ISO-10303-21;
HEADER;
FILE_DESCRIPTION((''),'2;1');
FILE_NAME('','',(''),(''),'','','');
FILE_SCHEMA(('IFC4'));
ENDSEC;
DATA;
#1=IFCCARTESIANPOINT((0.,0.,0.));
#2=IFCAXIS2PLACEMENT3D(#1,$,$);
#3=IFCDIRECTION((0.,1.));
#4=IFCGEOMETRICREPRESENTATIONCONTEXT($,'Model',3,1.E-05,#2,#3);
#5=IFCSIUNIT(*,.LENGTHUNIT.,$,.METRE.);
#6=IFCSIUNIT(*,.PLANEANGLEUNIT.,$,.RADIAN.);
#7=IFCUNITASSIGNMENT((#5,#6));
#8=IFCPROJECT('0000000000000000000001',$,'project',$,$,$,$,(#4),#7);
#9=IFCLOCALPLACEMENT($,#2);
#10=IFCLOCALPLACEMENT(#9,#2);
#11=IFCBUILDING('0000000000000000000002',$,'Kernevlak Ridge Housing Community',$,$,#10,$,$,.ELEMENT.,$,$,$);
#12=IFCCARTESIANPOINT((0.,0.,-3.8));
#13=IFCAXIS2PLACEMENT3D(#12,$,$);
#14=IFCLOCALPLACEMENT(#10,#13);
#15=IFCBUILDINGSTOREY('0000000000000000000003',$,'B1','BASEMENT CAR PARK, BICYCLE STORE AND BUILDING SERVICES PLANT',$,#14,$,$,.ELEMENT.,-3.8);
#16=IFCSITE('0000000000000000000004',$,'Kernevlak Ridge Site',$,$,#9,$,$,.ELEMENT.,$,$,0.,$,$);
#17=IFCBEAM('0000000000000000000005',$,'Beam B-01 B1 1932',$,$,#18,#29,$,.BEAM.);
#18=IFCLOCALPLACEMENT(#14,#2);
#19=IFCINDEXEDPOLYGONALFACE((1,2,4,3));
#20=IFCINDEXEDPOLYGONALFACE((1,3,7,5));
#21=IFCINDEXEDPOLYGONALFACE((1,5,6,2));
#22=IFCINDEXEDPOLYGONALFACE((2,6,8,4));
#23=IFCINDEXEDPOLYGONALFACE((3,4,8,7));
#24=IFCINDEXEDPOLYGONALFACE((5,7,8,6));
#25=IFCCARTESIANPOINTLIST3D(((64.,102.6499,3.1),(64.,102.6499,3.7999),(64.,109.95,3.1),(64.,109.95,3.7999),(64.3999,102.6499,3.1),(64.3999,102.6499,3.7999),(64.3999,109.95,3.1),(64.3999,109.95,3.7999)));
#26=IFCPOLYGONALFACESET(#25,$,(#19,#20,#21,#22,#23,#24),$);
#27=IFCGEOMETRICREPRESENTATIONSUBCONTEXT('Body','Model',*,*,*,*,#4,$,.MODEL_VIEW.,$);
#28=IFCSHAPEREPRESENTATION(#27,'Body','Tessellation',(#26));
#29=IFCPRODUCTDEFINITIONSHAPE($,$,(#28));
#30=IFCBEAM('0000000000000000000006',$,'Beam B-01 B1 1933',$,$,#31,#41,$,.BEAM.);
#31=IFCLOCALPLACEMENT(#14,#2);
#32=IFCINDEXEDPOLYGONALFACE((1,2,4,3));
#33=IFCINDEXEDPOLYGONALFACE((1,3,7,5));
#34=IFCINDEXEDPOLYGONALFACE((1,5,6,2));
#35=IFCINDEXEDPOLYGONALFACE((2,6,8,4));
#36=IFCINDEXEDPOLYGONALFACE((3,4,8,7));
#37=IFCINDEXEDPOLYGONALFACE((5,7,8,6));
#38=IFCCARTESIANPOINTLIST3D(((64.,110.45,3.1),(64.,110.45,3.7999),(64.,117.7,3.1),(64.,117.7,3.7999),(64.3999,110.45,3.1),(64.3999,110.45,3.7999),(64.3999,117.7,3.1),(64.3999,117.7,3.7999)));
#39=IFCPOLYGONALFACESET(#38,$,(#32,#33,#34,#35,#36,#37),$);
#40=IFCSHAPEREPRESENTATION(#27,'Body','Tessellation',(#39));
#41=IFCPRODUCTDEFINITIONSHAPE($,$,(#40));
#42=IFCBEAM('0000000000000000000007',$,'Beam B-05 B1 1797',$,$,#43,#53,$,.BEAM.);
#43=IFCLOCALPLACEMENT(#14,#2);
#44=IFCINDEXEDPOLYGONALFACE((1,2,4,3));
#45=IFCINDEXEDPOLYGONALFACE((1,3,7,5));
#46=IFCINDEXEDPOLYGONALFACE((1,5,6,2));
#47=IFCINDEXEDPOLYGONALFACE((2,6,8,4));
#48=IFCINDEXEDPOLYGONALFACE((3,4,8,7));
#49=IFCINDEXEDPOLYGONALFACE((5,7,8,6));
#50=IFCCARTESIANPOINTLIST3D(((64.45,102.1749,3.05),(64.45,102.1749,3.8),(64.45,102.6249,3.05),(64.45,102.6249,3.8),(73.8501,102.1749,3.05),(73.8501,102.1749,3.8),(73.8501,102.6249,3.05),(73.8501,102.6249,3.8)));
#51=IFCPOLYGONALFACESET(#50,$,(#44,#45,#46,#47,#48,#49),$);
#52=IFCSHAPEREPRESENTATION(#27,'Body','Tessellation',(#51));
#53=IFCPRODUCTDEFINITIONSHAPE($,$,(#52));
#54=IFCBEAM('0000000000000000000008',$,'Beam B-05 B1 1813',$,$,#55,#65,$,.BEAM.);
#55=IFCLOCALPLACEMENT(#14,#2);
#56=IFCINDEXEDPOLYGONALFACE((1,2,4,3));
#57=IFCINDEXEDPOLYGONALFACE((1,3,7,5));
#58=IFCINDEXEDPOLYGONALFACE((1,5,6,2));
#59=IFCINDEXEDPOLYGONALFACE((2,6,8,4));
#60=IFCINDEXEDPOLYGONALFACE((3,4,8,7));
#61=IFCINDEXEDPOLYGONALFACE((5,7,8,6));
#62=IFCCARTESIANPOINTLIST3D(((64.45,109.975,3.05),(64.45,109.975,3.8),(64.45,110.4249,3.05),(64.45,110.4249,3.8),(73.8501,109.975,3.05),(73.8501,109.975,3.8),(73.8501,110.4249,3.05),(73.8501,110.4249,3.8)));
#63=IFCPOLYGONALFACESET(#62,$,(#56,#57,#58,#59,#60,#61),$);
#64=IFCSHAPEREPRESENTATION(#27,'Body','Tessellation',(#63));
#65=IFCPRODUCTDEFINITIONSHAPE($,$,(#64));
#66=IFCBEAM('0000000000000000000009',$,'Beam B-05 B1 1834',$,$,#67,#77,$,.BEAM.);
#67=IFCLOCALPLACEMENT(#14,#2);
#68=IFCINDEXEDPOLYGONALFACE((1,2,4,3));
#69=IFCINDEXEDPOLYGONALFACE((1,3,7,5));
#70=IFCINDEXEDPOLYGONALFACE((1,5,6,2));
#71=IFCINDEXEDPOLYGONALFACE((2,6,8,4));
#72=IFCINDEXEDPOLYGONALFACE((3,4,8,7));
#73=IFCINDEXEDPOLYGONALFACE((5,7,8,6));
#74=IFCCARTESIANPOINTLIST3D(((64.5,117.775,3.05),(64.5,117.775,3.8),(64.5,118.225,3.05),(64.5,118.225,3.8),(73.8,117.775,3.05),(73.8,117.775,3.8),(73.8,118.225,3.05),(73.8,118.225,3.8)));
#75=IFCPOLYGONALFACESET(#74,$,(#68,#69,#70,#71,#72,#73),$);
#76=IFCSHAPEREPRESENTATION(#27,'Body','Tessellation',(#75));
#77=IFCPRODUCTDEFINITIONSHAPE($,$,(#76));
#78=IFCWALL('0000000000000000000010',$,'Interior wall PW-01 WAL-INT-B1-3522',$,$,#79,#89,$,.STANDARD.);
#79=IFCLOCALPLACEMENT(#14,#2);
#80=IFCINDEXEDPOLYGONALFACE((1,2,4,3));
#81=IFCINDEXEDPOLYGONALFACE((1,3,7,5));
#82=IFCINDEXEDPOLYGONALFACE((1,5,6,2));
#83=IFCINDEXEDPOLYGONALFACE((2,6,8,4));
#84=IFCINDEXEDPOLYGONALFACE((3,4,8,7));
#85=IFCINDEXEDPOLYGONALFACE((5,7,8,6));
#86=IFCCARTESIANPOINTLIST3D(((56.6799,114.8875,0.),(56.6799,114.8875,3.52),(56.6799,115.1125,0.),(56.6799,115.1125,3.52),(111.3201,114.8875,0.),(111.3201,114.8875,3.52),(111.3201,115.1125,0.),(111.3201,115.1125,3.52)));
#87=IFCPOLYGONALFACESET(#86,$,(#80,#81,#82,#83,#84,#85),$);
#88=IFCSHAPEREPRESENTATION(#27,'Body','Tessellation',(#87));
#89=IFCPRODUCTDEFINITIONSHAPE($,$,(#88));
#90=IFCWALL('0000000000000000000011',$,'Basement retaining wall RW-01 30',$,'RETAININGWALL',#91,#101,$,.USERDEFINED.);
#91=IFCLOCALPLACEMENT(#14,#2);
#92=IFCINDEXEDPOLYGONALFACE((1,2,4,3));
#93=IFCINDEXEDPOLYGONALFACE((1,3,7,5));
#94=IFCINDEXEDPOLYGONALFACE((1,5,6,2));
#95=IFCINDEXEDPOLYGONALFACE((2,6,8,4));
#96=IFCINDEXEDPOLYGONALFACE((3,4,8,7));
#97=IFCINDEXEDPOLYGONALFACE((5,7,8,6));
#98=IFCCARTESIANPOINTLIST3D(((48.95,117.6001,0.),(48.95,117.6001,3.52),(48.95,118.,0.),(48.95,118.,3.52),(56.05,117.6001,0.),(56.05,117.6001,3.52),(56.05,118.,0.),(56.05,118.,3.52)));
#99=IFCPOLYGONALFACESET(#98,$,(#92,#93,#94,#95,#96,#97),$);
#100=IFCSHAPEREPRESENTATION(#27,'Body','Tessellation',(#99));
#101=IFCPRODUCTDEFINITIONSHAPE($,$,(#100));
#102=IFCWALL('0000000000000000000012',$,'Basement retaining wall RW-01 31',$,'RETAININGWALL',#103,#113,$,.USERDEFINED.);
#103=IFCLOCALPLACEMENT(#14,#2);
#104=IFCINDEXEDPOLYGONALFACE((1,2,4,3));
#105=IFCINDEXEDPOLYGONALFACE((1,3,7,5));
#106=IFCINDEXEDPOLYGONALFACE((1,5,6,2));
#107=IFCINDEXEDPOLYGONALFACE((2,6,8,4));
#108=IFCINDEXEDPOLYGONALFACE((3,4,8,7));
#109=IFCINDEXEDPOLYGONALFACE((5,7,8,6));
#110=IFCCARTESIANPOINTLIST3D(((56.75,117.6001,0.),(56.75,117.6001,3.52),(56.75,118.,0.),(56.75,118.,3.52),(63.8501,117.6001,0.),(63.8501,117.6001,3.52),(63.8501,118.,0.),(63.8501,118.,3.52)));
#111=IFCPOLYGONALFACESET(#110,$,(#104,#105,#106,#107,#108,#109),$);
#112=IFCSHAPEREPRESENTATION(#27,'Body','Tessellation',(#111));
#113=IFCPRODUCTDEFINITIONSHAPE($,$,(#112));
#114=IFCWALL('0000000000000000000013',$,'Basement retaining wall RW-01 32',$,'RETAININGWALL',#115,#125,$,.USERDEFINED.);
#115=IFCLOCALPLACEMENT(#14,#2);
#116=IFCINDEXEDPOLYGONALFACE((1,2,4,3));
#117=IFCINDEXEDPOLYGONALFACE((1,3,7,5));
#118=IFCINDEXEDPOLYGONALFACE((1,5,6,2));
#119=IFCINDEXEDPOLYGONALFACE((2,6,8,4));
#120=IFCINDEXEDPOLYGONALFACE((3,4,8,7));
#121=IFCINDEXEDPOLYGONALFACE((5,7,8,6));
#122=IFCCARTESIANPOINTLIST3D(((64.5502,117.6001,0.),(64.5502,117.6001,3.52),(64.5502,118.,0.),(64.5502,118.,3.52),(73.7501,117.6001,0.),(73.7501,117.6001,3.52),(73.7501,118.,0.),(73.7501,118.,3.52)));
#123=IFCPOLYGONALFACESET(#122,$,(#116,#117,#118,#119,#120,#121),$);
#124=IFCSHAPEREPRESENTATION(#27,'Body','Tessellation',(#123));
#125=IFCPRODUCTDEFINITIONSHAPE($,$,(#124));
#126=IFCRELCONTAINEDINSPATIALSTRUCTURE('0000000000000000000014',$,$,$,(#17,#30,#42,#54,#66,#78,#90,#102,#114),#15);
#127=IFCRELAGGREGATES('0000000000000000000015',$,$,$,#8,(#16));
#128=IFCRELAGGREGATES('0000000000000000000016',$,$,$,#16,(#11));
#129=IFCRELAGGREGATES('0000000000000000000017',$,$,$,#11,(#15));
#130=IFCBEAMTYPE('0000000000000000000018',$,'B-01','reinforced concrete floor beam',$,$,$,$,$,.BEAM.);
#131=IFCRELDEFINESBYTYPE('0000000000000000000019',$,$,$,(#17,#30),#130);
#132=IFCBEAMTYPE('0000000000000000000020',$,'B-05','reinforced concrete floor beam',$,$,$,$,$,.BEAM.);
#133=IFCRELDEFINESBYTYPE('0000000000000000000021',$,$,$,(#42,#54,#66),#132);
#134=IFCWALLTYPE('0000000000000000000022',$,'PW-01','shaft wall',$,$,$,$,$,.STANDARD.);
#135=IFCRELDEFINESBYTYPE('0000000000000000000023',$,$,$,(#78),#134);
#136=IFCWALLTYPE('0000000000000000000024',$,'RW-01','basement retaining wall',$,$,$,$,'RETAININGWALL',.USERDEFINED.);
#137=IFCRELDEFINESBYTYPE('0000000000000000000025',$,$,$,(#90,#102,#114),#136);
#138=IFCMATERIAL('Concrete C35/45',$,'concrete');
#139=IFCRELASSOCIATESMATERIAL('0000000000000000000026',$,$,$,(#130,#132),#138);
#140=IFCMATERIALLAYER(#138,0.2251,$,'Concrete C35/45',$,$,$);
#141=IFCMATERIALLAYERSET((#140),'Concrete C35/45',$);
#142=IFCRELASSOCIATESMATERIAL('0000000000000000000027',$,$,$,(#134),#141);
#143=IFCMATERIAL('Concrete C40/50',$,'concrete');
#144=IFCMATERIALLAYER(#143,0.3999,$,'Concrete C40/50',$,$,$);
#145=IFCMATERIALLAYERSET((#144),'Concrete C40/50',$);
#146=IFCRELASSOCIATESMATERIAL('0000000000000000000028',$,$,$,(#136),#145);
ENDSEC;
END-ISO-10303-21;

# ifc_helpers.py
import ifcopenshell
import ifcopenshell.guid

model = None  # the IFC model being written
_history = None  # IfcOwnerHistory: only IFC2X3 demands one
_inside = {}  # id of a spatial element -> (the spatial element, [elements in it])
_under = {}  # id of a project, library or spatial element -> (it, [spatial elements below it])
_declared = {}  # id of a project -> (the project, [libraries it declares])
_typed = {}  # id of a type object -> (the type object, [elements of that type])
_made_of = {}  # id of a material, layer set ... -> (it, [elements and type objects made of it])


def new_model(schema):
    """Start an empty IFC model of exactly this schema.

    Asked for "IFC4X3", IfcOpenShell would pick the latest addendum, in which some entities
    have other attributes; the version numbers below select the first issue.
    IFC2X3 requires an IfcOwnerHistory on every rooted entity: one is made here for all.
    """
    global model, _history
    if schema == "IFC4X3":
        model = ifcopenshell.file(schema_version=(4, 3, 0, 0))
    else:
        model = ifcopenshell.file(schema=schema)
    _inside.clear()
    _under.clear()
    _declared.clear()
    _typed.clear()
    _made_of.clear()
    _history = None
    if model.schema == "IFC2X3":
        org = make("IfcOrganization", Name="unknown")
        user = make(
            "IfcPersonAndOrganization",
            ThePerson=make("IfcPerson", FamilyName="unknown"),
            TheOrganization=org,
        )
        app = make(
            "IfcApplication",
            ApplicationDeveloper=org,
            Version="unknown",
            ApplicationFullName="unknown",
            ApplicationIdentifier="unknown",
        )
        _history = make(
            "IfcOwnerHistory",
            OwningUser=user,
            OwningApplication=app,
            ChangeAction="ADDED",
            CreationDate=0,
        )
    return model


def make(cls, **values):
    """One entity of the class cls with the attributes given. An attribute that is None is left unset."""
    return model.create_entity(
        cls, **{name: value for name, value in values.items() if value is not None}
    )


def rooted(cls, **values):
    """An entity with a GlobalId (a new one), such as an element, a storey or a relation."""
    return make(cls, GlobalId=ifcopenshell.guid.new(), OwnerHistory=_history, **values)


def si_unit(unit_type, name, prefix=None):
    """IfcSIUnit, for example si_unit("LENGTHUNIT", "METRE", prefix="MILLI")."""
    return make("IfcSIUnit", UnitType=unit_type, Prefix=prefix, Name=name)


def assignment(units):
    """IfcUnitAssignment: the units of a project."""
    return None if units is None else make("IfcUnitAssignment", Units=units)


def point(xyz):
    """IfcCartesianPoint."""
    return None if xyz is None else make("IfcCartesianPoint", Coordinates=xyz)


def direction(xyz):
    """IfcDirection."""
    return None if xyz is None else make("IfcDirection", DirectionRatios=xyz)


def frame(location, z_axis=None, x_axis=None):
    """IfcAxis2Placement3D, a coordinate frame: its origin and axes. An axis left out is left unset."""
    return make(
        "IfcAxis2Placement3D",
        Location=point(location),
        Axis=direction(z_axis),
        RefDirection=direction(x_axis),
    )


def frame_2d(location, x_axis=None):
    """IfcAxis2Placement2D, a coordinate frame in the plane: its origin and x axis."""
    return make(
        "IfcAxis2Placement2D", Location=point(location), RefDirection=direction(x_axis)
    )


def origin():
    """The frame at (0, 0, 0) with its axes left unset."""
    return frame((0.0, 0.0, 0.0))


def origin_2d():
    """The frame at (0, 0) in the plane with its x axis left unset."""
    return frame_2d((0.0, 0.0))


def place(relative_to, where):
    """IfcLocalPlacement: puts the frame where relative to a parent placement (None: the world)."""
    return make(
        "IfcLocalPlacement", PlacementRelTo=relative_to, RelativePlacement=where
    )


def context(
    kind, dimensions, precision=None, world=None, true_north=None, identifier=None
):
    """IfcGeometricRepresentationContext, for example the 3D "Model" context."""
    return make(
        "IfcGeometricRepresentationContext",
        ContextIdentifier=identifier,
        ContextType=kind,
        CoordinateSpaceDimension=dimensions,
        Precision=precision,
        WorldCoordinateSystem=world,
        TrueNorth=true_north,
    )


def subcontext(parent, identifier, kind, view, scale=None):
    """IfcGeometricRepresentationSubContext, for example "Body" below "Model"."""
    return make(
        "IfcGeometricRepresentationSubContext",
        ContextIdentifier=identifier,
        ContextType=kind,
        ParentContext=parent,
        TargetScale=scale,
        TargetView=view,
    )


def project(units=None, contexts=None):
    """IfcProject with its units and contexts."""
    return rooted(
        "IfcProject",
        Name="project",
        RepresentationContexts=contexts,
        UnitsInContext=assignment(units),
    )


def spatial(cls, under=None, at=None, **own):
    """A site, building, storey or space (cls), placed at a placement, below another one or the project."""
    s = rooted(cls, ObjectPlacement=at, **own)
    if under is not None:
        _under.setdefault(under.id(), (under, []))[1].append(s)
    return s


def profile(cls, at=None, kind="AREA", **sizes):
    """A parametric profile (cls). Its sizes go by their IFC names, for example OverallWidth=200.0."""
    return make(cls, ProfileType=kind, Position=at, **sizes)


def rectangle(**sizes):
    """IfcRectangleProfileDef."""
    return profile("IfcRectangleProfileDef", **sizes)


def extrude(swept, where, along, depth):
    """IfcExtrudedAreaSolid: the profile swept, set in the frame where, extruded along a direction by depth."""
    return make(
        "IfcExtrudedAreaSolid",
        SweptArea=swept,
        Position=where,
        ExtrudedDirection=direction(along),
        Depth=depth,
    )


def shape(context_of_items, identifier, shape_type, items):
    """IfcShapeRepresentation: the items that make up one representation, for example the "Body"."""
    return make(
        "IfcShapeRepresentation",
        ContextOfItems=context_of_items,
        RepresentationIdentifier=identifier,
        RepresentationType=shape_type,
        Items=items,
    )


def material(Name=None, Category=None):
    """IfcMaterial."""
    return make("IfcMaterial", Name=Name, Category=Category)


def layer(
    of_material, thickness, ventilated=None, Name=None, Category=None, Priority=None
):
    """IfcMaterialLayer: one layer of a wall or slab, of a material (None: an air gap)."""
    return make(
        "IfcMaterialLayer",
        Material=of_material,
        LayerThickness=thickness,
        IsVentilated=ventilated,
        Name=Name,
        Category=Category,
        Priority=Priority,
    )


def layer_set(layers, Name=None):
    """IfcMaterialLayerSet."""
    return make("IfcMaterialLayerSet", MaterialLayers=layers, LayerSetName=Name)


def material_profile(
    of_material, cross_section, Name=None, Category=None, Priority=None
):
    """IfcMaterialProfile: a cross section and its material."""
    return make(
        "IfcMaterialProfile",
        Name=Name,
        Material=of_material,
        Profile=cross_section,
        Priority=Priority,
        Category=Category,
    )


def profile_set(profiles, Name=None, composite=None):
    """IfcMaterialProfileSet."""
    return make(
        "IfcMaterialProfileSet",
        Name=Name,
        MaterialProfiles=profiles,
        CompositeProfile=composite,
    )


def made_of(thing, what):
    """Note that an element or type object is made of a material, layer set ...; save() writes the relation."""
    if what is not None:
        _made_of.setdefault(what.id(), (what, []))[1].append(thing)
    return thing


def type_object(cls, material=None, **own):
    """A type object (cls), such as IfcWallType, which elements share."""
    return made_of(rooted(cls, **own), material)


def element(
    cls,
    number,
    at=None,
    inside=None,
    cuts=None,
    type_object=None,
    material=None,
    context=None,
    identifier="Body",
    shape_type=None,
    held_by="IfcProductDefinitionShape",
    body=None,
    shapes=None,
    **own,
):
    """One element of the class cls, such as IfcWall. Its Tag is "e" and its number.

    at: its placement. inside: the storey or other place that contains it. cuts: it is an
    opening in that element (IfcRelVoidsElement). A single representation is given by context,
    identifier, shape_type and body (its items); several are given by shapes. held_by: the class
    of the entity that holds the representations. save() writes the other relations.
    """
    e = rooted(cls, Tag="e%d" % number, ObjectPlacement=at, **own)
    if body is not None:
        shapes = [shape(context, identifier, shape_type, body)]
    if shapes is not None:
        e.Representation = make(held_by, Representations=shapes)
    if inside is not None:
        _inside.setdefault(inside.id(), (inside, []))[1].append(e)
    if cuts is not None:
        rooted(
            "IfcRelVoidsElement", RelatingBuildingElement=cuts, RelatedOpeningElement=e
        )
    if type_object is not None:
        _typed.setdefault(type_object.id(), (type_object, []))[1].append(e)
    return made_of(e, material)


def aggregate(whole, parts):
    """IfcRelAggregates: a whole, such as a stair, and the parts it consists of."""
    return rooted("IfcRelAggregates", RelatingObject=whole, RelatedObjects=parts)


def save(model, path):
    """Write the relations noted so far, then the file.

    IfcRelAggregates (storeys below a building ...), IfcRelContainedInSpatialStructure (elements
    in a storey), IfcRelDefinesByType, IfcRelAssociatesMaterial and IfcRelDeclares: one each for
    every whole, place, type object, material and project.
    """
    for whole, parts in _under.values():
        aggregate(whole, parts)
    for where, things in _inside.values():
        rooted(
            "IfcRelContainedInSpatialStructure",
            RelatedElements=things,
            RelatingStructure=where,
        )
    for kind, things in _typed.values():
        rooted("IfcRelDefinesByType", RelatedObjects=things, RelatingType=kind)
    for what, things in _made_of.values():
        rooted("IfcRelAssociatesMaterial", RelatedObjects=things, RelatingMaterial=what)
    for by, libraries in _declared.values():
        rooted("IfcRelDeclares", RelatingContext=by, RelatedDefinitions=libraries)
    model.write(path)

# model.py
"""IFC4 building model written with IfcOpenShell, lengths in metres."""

from ifc_helpers import new_model, si_unit, direction, frame, frame_2d, origin, origin_2d, place, context, subcontext, project, spatial, rectangle, extrude, material, layer, layer_set, material_profile, profile_set, type_object, element, save


model = new_model("IFC4")

# Units and contexts
model_context = context("Model", 3, precision=1e-05, world=origin(), true_north=direction((0.0, 1.0)))
body_context = subcontext(model_context, "Body", "Model", "MODEL_VIEW")
ifc_project = project(units=[si_unit("LENGTHUNIT", "METRE"), si_unit("PLANEANGLEUNIT", "RADIAN")], contexts=[model_context])

# Site, building, storey
site_placement = place(None, origin())
site = spatial("IfcSite", under=ifc_project, at=site_placement, Name="Kernevlak Ridge Site", CompositionType="ELEMENT", RefElevation=0.0)
building_placement = place(site_placement, origin())
building = spatial("IfcBuilding", under=site, at=building_placement, Name="Kernevlak Ridge Housing Community", CompositionType="ELEMENT")
storey_placement = place(building_placement, frame((0.0, 0.0, -3.8)))
storey = spatial("IfcBuildingStorey", under=building, at=storey_placement, Name="B1", Description="BASEMENT CAR PARK, BICYCLE STORE AND BUILDING SERVICES PLANT", CompositionType="ELEMENT", Elevation=-3.8)

# Shared definitions
ifc_material_1 = material(Name="Concrete C35/45", Category="concrete")

# Shared definitions
ifc_material_2 = material(Name="Concrete C40/50", Category="concrete")

# Beams
ifc_material_profile_1 = material_profile(ifc_material_1, rectangle(XDim=0.3999, YDim=0.7, at=origin_2d()), Name="RC 400x700")
ifc_profile_set_1 = profile_set([ifc_material_profile_1], Name="Concrete C35/45")
beam_type_1 = type_object("IfcBeamType", Name="B-01", Description="reinforced concrete floor beam", PredefinedType="BEAM", material=ifc_profile_set_1)
beam_1_placement = place(storey_placement, frame((64.2, 102.6499, 3.45), z_axis=(0.0, 1.0, 0.0), x_axis=(-1.0, 0.0, 0.0)))
element("IfcBeam", 1, at=beam_1_placement, inside=storey, type_object=beam_type_1, Name="Beam B-01 B1 1932", PredefinedType="BEAM", context=body_context, shape_type="SweptSolid", body=[
    extrude(rectangle(XDim=0.3999, YDim=0.7, at=origin_2d()), origin(), (0.0, 0.0, 1.0), 7.3),
])
beam_2_placement = place(storey_placement, frame((64.2, 110.45, 3.45), z_axis=(0.0, 1.0, 0.0), x_axis=(-1.0, 0.0, 0.0)))
element("IfcBeam", 2, at=beam_2_placement, inside=storey, type_object=beam_type_1, Name="Beam B-01 B1 1933", PredefinedType="BEAM", context=body_context, shape_type="SweptSolid", body=[
    extrude(rectangle(XDim=0.3999, YDim=0.7, at=origin_2d()), origin(), (0.0, 0.0, 1.0), 7.25),
])
ifc_material_profile_2 = material_profile(ifc_material_1, rectangle(XDim=0.45, YDim=0.75, at=origin_2d()), Name="RC 450x750")
ifc_profile_set_2 = profile_set([ifc_material_profile_2], Name="Concrete C35/45")
beam_type_2 = type_object("IfcBeamType", Name="B-05", Description="reinforced concrete floor beam", PredefinedType="BEAM", material=ifc_profile_set_2)
for number, where, z_axis, x_axis, name in (
    (3, (64.45, 102.3999, 3.425), (1.0, 0.0, 0.0), (0.0, 1.0, 0.0), "Beam B-05 B1 1797"),
    (4, (64.45, 110.2, 3.425), (1.0, 0.0, 0.0), (0.0, 1.0, 0.0), "Beam B-05 B1 1813"),
):
    element("IfcBeam", number, at=place(storey_placement, frame(where, z_axis=z_axis, x_axis=x_axis)), inside=storey, type_object=beam_type_2, Name=name, PredefinedType="BEAM", context=body_context, shape_type="SweptSolid", body=[
        extrude(rectangle(XDim=0.45, YDim=0.75, at=origin_2d()), origin(), (0.0, 0.0, 1.0), 9.4001),
    ])
beam_3_placement = place(storey_placement, frame((64.5, 118.0, 3.425), z_axis=(1.0, 0.0, 0.0), x_axis=(0.0, 1.0, 0.0)))
element("IfcBeam", 5, at=beam_3_placement, inside=storey, type_object=beam_type_2, Name="Beam B-05 B1 1834", PredefinedType="BEAM", context=body_context, shape_type="SweptSolid", body=[
    extrude(rectangle(XDim=0.45, YDim=0.75, at=origin_2d()), origin(), (0.0, 0.0, 1.0), 9.3),
])

# Walls
ifc_layer_1 = layer(ifc_material_1, 0.2251, Name="Concrete C35/45")
ifc_layer_set_1 = layer_set([ifc_layer_1], Name="Concrete C35/45")
wall_type_1 = type_object("IfcWallType", Name="PW-01", Description="shaft wall", PredefinedType="STANDARD", material=ifc_layer_set_1)
wall_1_placement = place(storey_placement, frame((56.6799, 115.0, 0.0), z_axis=(0.0, 0.0, 1.0), x_axis=(1.0, 0.0, 0.0)))
element("IfcWall", 6, at=wall_1_placement, inside=storey, type_object=wall_type_1, Name="Interior wall PW-01 WAL-INT-B1-3522", PredefinedType="STANDARD", context=body_context, shape_type="SweptSolid", body=[
    extrude(rectangle(XDim=54.6401, YDim=0.2251, at=frame_2d((27.3201, 0.0))), origin(), (0.0, 0.0, 1.0), 3.52),
])
ifc_layer_2 = layer(ifc_material_2, 0.3999, Name="Concrete C40/50")
ifc_layer_set_2 = layer_set([ifc_layer_2], Name="Concrete C40/50")
wall_type_2 = type_object("IfcWallType", Name="RW-01", Description="basement retaining wall", ElementType="RETAININGWALL", PredefinedType="USERDEFINED", material=ifc_layer_set_2)
for number, where, z_axis, x_axis, name in (
    (7, (48.95, 117.8, 0.0), (0.0, 0.0, 1.0), (1.0, 0.0, 0.0), "Basement retaining wall RW-01 30"),
    (8, (56.75, 117.8, 0.0), (0.0, 0.0, 1.0), (1.0, 0.0, 0.0), "Basement retaining wall RW-01 31"),
):
    element("IfcWall", number, at=place(storey_placement, frame(where, z_axis=z_axis, x_axis=x_axis)), inside=storey, type_object=wall_type_2, Name=name, ObjectType="RETAININGWALL", PredefinedType="USERDEFINED", context=body_context, shape_type="SweptSolid", body=[
        extrude(rectangle(XDim=7.1001, YDim=0.3999, at=frame_2d((3.55, 0.0))), origin(), (0.0, 0.0, 1.0), 3.52),
    ])
wall_2_placement = place(storey_placement, frame((64.55, 117.8, 0.0), z_axis=(0.0, 0.0, 1.0), x_axis=(1.0, 0.0, 0.0)))
element("IfcWall", 9, at=wall_2_placement, inside=storey, type_object=wall_type_2, Name="Basement retaining wall RW-01 32", ObjectType="RETAININGWALL", PredefinedType="USERDEFINED", context=body_context, shape_type="SweptSolid", body=[
    extrude(rectangle(XDim=9.2, YDim=0.3999, at=frame_2d((4.6001, 0.0))), origin(), (0.0, 0.0, 1.0), 3.52),
])

save(model, "model.ifc")
